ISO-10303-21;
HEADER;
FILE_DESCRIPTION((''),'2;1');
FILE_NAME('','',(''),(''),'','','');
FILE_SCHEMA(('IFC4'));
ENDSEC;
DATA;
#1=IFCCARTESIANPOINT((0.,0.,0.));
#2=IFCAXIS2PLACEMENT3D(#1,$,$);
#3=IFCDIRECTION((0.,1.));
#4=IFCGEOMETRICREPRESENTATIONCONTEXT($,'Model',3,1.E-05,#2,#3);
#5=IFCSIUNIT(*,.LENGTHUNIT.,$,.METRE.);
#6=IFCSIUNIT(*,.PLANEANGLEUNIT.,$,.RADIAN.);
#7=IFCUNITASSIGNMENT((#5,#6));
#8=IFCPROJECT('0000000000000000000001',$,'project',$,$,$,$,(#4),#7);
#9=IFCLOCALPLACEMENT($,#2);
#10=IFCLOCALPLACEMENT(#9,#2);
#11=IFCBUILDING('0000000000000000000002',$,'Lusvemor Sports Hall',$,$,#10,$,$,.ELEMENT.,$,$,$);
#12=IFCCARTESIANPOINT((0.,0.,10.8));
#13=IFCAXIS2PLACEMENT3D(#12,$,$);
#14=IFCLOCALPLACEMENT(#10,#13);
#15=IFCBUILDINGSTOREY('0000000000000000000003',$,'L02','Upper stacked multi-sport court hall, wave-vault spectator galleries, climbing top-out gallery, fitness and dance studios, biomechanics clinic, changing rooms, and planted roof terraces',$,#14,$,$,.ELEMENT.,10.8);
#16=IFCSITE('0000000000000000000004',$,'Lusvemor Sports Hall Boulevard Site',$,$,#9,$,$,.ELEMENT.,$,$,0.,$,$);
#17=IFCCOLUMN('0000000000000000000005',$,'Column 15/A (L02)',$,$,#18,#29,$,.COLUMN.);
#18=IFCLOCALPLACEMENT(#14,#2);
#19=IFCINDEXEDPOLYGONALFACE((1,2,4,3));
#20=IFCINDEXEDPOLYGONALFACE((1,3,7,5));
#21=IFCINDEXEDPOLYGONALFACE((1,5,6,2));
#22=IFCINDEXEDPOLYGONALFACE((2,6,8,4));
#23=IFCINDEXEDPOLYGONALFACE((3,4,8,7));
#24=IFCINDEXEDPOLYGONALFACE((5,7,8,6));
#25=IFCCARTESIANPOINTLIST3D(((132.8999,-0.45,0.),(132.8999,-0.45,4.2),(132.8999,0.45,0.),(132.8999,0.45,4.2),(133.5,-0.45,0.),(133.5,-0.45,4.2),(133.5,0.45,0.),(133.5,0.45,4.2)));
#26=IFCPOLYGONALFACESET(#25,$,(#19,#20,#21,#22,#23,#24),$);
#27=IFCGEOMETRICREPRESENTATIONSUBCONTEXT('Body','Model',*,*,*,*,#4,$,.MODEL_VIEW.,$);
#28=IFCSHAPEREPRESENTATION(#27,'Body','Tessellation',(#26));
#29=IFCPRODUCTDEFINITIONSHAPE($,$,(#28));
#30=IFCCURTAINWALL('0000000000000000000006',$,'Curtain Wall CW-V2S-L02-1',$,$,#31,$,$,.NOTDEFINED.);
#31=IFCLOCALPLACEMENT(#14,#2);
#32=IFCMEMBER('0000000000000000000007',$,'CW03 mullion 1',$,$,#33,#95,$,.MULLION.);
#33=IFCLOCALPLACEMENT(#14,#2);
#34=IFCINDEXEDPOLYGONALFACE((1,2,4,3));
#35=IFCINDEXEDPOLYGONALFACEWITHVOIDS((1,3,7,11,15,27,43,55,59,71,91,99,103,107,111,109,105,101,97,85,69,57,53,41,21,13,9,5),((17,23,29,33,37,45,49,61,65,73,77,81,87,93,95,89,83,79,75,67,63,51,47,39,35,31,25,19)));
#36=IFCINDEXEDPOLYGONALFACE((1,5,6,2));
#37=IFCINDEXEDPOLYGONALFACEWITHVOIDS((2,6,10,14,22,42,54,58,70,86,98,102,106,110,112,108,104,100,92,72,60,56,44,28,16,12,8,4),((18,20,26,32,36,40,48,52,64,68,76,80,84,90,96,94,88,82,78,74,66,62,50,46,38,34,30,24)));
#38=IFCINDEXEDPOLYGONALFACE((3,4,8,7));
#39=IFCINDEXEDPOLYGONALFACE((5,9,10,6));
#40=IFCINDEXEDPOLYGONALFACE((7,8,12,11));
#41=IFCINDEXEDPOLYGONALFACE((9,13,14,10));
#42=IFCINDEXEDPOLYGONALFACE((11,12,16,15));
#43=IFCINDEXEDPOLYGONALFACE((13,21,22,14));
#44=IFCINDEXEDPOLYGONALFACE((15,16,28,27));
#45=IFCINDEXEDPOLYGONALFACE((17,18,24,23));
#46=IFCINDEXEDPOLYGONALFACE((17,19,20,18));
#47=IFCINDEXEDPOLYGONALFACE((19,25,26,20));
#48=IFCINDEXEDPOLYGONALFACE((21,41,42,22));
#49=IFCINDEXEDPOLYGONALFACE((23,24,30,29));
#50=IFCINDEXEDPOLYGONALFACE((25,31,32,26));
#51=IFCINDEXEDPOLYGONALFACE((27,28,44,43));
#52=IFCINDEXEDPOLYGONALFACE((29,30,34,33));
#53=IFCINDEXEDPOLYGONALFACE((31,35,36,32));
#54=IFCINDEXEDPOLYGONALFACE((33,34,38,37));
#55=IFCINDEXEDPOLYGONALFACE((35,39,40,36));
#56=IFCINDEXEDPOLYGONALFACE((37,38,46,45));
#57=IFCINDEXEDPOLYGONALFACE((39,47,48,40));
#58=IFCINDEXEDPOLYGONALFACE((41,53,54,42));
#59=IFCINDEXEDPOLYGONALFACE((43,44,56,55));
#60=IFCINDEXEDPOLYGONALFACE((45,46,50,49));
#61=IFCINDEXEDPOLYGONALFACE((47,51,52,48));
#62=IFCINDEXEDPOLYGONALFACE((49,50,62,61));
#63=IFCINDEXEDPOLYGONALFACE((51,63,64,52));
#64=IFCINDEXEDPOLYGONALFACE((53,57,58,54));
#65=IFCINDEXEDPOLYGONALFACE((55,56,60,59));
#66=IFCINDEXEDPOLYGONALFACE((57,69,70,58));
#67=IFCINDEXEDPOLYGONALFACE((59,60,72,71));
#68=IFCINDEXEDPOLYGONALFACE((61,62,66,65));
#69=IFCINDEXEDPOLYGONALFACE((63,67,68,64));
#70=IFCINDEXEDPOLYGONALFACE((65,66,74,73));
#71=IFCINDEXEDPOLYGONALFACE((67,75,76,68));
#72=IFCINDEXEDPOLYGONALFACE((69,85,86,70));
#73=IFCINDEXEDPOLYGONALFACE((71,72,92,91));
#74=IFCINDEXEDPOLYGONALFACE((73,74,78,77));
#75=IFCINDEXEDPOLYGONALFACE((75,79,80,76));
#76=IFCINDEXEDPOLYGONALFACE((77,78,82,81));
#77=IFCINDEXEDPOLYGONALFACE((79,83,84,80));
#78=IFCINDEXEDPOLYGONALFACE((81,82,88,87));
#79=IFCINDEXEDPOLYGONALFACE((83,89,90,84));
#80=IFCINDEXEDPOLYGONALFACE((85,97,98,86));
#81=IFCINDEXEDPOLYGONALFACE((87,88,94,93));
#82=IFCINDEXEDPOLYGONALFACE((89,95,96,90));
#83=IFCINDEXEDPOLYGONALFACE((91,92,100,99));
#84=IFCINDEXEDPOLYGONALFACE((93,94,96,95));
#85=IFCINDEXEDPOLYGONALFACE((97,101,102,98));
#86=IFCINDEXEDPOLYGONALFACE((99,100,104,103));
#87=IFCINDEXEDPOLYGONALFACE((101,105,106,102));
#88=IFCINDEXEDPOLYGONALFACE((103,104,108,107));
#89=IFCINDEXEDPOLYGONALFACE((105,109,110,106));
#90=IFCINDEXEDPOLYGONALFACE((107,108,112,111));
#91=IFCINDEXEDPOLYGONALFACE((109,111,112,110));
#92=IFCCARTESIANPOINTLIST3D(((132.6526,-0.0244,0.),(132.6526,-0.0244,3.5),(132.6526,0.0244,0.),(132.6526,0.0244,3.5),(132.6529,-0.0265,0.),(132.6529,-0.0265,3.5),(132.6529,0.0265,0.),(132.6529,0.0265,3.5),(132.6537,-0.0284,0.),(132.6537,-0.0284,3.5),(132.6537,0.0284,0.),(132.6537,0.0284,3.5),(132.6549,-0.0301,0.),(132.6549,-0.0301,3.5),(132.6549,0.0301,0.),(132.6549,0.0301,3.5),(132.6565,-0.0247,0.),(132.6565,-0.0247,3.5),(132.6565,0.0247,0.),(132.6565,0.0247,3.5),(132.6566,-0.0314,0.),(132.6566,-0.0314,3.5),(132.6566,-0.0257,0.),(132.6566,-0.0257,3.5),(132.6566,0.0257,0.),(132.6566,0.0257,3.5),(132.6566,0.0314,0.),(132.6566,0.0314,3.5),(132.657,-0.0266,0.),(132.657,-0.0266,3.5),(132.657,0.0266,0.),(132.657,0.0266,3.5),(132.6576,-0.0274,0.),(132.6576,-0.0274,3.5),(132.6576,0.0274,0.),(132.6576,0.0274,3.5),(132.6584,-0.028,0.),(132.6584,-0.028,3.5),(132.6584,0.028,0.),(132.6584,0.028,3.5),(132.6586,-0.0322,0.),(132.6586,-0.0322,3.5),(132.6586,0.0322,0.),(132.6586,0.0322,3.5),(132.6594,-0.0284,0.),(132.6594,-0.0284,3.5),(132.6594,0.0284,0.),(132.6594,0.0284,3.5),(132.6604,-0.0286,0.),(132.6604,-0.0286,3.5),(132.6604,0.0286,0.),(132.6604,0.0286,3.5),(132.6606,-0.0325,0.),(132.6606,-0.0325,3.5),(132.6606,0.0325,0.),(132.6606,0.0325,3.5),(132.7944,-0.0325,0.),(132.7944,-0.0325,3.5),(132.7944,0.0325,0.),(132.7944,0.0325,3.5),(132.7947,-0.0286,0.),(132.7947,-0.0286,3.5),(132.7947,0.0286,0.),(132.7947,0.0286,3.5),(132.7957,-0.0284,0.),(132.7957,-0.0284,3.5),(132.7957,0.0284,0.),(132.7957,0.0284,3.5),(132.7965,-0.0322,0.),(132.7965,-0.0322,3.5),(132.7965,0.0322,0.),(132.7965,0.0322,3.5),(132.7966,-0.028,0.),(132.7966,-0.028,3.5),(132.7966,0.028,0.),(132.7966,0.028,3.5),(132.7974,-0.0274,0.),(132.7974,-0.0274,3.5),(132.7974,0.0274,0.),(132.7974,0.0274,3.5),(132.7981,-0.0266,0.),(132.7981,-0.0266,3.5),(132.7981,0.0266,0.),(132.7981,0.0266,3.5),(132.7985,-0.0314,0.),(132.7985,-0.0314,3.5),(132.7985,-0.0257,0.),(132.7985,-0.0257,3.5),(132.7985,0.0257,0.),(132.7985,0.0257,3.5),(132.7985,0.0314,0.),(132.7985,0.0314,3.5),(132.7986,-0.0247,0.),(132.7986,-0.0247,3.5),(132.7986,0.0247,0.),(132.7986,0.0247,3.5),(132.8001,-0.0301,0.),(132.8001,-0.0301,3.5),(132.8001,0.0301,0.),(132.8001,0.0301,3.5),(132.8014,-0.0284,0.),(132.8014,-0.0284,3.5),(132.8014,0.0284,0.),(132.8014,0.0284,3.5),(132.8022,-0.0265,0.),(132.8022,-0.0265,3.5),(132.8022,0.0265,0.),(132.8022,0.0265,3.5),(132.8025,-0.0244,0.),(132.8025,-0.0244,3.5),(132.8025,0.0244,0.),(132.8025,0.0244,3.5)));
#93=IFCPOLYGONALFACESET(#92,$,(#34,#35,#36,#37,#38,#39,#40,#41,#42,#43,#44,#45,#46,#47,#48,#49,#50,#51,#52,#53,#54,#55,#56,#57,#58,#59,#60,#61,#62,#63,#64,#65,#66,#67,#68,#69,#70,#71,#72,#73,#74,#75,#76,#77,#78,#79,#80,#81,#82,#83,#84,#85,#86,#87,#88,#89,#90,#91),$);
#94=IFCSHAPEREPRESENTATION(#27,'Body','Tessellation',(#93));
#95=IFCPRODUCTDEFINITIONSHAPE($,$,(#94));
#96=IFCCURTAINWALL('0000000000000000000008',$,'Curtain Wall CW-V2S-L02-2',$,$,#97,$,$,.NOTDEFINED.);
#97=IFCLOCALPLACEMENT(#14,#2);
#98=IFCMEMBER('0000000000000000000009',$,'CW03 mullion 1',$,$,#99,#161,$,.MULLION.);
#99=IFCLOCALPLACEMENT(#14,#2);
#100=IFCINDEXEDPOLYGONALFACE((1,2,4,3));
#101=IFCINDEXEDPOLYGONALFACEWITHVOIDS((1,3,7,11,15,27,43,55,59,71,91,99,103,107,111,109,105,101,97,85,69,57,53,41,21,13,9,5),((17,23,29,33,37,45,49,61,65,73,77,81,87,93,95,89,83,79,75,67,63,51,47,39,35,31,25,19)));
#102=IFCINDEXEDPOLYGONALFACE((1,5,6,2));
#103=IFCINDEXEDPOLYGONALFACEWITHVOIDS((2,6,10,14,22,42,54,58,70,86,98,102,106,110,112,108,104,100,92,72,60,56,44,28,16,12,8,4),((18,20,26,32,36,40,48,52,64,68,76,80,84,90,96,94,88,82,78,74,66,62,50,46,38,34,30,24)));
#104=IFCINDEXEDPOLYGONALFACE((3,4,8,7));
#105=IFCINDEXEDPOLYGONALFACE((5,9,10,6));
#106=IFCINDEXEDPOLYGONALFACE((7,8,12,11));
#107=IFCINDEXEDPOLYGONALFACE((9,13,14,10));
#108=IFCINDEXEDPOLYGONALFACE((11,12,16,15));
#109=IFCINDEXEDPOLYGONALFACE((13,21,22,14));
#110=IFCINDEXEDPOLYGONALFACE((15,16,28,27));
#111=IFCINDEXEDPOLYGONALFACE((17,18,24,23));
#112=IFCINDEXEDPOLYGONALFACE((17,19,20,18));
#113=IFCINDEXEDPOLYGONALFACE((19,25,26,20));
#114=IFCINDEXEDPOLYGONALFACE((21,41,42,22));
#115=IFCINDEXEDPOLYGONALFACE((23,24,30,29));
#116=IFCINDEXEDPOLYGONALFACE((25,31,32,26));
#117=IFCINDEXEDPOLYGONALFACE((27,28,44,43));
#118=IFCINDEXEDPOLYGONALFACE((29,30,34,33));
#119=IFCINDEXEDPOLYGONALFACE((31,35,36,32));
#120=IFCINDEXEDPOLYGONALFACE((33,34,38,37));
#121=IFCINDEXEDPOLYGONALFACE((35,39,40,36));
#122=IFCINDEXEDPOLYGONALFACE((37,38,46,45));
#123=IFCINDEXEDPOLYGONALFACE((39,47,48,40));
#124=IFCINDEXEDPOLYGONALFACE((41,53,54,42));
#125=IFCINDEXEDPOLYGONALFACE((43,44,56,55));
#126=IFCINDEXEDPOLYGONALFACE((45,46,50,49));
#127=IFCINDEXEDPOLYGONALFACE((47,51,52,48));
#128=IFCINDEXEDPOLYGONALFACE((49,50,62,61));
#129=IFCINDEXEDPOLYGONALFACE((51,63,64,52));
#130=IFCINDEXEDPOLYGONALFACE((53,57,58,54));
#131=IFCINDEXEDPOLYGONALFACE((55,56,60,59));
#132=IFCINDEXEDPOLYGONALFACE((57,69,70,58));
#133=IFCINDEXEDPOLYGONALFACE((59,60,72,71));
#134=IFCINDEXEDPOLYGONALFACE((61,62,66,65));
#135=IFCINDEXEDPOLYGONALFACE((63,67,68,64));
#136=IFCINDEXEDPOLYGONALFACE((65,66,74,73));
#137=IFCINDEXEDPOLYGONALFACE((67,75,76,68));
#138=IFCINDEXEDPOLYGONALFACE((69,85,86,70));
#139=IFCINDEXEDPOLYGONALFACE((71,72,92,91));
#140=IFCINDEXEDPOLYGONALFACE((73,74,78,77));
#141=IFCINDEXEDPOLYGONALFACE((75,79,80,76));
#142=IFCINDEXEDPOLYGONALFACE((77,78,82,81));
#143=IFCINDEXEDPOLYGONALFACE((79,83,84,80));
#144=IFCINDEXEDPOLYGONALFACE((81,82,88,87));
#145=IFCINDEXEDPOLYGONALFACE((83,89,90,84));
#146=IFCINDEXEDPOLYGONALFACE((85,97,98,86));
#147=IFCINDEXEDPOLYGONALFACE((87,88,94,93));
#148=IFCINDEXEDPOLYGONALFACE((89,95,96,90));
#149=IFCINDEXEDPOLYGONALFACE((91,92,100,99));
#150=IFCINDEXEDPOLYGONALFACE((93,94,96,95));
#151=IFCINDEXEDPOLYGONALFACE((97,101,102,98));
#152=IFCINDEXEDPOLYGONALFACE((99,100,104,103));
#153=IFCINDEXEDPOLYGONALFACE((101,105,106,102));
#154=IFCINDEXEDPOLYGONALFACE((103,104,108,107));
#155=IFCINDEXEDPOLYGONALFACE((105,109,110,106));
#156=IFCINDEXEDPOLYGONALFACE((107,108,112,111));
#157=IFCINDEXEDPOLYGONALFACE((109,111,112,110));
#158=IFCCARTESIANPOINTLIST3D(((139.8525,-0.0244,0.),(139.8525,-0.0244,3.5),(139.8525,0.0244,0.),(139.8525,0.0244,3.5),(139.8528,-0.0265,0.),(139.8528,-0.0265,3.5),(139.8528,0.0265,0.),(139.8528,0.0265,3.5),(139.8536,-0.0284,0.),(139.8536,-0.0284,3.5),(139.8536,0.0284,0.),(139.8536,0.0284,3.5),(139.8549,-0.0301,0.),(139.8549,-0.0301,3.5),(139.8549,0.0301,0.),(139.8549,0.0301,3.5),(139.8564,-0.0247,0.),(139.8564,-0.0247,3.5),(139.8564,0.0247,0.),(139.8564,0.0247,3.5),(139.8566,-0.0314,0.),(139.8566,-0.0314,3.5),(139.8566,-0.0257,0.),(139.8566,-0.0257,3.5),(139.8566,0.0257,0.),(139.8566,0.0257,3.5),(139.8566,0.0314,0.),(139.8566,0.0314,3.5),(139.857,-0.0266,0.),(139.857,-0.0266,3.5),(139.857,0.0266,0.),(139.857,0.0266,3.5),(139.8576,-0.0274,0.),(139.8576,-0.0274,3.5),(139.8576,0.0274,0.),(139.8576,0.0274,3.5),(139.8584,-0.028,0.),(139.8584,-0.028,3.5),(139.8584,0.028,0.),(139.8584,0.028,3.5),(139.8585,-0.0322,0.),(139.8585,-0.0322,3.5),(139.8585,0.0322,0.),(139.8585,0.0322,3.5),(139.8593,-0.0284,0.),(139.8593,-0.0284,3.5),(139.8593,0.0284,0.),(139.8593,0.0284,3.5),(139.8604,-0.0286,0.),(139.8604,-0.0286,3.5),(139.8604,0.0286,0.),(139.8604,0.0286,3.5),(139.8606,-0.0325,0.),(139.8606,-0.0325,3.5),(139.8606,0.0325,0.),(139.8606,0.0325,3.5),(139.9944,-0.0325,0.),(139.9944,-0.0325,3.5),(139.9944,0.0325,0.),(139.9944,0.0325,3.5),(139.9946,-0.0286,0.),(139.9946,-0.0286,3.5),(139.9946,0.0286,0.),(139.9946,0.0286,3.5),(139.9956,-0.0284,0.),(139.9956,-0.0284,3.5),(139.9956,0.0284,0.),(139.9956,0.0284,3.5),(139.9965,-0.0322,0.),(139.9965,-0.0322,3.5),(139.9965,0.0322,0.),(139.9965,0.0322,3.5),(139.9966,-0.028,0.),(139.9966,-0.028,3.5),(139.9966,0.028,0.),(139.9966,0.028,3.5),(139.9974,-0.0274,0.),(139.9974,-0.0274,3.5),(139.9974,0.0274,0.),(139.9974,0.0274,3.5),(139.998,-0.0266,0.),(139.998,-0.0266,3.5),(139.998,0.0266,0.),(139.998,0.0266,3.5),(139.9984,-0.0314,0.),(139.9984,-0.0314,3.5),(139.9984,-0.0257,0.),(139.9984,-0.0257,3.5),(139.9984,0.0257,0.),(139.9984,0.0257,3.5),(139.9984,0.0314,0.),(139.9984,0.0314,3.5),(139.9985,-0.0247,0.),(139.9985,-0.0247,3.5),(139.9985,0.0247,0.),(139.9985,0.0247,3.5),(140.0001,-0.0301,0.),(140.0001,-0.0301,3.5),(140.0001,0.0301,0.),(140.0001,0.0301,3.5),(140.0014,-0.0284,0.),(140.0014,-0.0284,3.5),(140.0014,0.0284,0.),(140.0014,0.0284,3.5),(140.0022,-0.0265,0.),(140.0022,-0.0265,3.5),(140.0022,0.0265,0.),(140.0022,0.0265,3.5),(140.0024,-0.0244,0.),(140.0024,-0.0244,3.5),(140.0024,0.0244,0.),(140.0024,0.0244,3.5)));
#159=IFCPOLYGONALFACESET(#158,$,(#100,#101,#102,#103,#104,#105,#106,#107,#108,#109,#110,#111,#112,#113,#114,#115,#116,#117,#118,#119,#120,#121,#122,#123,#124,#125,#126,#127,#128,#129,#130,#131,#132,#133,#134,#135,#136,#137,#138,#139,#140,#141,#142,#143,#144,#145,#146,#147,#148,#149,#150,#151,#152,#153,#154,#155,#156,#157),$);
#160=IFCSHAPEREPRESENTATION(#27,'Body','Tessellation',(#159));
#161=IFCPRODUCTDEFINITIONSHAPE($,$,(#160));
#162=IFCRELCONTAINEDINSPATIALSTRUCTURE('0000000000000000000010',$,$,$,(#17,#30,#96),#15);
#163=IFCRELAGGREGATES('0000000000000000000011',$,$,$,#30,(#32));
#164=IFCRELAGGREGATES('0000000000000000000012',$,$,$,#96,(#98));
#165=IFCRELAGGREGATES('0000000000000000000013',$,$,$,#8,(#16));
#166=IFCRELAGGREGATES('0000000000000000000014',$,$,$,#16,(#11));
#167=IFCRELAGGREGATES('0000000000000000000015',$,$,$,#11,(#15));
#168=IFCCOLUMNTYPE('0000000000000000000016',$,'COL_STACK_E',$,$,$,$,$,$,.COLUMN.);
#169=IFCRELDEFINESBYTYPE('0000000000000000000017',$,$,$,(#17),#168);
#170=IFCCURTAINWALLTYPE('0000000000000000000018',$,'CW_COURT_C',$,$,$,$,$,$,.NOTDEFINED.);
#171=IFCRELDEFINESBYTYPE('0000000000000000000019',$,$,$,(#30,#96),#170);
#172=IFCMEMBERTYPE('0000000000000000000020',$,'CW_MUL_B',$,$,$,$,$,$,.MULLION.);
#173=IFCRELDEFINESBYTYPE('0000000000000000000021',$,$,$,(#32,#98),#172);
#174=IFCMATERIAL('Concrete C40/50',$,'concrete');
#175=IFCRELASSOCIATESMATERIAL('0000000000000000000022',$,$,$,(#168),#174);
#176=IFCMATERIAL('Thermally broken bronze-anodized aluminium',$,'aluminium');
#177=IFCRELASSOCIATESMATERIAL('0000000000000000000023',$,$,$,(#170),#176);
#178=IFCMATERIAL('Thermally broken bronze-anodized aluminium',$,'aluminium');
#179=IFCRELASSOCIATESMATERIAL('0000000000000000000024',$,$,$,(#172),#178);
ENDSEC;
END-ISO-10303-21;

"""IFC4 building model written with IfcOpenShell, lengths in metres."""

from ifc_helpers import new_model, si_unit, direction, frame, origin, origin_2d, place, context, subcontext, project, spatial, rectangle, hollow_rectangle, extrude, material, material_profile, profile_set, type_object, element, aggregate, save


model = new_model("IFC4")

# Units and contexts
model_context = context("Model", 3, precision=1e-05, world=origin(), true_north=direction((0.0, 1.0)))
body_context = subcontext(model_context, "Body", "Model", "MODEL_VIEW")
ifc_project = project(units=[si_unit("LENGTHUNIT", "METRE"), si_unit("PLANEANGLEUNIT", "RADIAN")], contexts=[model_context])

# Site, building, storey
site_placement = place(None, origin())
site = spatial("IfcSite", under=ifc_project, at=site_placement, Name="Lusvemor Sports Hall Boulevard Site", CompositionType="ELEMENT", RefElevation=0.0)
building_placement = place(site_placement, origin())
building = spatial("IfcBuilding", under=site, at=building_placement, Name="Lusvemor Sports Hall", CompositionType="ELEMENT")
storey_placement = place(building_placement, frame((0.0, 0.0, 10.8)))
storey = spatial("IfcBuildingStorey", under=building, at=storey_placement, Name="L02", Description="Upper stacked multi-sport court hall, wave-vault spectator galleries, climbing top-out gallery, fitness and dance studios, biomechanics clinic, changing rooms, and planted roof terraces", CompositionType="ELEMENT", Elevation=10.8)

# Column
ifc_material_1 = material(Name="Concrete C40/50", Category="concrete")
ifc_material_profile_1 = material_profile(ifc_material_1, rectangle(XDim=0.6001, YDim=0.8999, at=origin_2d()), Name="RC600x900")
ifc_profile_set_1 = profile_set([ifc_material_profile_1], Name="Concrete C40/50")
column_type = type_object("IfcColumnType", Name="COL_STACK_E", PredefinedType="COLUMN", material=ifc_profile_set_1)
column_placement = place(storey_placement, frame((133.2, 0.0, 0.0), z_axis=(0.0, 0.0, 1.0), x_axis=(1.0, 0.0, 0.0)))
element("IfcColumn", 1, at=column_placement, inside=storey, type_object=column_type, Name="Column 15/A (L02)", PredefinedType="COLUMN", context=body_context, shape_type="SweptSolid", body=[
    extrude(rectangle(XDim=0.6001, YDim=0.8999, at=origin_2d()), origin(), (0.0, 0.0, 1.0), 4.2),
])

# Curtain wall, member
ifc_material_2 = material(Name="Thermally broken bronze-anodized aluminium", Category="aluminium")
curtain_wall_type = type_object("IfcCurtainWallType", Name="CW_COURT_C", PredefinedType="NOTDEFINED", material=ifc_material_2)
curtain_wall_1_placement = place(storey_placement, origin())
curtain_wall_1 = element("IfcCurtainWall", 2, at=curtain_wall_1_placement, inside=storey, type_object=curtain_wall_type, Name="Curtain Wall CW-V2S-L02-1", PredefinedType="NOTDEFINED")
ifc_material_3 = material(Name="Thermally broken bronze-anodized aluminium", Category="aluminium")
ifc_material_profile_2 = material_profile(ifc_material_3, hollow_rectangle(XDim=0.0649, YDim=0.1499, WallThickness=0.0039, InnerFilletRadius=0.0039, OuterFilletRadius=0.0081, at=origin_2d()), Name="CWMUL150x65x4")
ifc_profile_set_2 = profile_set([ifc_material_profile_2], Name="Thermally broken bronze-anodized aluminium")
member_type_1 = type_object("IfcMemberType", Name="CW_MUL_B", PredefinedType="MULLION", material=ifc_profile_set_2)
member_1_placement = place(storey_placement, frame((132.7275, 0.0, 0.0), z_axis=(0.0, 0.0, 1.0), x_axis=(0.0, -1.0, 0.0)))
member_1 = element("IfcMember", 3, at=member_1_placement, type_object=member_type_1, Name="CW03 mullion 1", PredefinedType="MULLION", context=body_context, shape_type="SweptSolid", body=[
    extrude(hollow_rectangle(XDim=0.0649, YDim=0.1499, WallThickness=0.0039, InnerFilletRadius=0.0039, OuterFilletRadius=0.0081, at=origin_2d()), origin(), (0.0, 0.0, 1.0), 3.5),
])

# Curtain wall, member
curtain_wall_2_placement = place(storey_placement, origin())
curtain_wall_2 = element("IfcCurtainWall", 4, at=curtain_wall_2_placement, inside=storey, type_object=curtain_wall_type, Name="Curtain Wall CW-V2S-L02-2", PredefinedType="NOTDEFINED")
member_2_placement = place(storey_placement, frame((139.9275, 0.0, 0.0), z_axis=(0.0, 0.0, 1.0), x_axis=(0.0, -1.0, 0.0)))
member_2 = element("IfcMember", 5, at=member_2_placement, type_object=member_type_1, Name="CW03 mullion 1", PredefinedType="MULLION", context=body_context, shape_type="SweptSolid", body=[
    extrude(hollow_rectangle(XDim=0.0649, YDim=0.1499, WallThickness=0.0039, InnerFilletRadius=0.0039, OuterFilletRadius=0.0081, at=origin_2d()), origin(), (0.0, 0.0, 1.0), 3.5),
])

aggregate(curtain_wall_1, [member_1])

aggregate(curtain_wall_2, [member_2])

save(model, "model.ifc")
